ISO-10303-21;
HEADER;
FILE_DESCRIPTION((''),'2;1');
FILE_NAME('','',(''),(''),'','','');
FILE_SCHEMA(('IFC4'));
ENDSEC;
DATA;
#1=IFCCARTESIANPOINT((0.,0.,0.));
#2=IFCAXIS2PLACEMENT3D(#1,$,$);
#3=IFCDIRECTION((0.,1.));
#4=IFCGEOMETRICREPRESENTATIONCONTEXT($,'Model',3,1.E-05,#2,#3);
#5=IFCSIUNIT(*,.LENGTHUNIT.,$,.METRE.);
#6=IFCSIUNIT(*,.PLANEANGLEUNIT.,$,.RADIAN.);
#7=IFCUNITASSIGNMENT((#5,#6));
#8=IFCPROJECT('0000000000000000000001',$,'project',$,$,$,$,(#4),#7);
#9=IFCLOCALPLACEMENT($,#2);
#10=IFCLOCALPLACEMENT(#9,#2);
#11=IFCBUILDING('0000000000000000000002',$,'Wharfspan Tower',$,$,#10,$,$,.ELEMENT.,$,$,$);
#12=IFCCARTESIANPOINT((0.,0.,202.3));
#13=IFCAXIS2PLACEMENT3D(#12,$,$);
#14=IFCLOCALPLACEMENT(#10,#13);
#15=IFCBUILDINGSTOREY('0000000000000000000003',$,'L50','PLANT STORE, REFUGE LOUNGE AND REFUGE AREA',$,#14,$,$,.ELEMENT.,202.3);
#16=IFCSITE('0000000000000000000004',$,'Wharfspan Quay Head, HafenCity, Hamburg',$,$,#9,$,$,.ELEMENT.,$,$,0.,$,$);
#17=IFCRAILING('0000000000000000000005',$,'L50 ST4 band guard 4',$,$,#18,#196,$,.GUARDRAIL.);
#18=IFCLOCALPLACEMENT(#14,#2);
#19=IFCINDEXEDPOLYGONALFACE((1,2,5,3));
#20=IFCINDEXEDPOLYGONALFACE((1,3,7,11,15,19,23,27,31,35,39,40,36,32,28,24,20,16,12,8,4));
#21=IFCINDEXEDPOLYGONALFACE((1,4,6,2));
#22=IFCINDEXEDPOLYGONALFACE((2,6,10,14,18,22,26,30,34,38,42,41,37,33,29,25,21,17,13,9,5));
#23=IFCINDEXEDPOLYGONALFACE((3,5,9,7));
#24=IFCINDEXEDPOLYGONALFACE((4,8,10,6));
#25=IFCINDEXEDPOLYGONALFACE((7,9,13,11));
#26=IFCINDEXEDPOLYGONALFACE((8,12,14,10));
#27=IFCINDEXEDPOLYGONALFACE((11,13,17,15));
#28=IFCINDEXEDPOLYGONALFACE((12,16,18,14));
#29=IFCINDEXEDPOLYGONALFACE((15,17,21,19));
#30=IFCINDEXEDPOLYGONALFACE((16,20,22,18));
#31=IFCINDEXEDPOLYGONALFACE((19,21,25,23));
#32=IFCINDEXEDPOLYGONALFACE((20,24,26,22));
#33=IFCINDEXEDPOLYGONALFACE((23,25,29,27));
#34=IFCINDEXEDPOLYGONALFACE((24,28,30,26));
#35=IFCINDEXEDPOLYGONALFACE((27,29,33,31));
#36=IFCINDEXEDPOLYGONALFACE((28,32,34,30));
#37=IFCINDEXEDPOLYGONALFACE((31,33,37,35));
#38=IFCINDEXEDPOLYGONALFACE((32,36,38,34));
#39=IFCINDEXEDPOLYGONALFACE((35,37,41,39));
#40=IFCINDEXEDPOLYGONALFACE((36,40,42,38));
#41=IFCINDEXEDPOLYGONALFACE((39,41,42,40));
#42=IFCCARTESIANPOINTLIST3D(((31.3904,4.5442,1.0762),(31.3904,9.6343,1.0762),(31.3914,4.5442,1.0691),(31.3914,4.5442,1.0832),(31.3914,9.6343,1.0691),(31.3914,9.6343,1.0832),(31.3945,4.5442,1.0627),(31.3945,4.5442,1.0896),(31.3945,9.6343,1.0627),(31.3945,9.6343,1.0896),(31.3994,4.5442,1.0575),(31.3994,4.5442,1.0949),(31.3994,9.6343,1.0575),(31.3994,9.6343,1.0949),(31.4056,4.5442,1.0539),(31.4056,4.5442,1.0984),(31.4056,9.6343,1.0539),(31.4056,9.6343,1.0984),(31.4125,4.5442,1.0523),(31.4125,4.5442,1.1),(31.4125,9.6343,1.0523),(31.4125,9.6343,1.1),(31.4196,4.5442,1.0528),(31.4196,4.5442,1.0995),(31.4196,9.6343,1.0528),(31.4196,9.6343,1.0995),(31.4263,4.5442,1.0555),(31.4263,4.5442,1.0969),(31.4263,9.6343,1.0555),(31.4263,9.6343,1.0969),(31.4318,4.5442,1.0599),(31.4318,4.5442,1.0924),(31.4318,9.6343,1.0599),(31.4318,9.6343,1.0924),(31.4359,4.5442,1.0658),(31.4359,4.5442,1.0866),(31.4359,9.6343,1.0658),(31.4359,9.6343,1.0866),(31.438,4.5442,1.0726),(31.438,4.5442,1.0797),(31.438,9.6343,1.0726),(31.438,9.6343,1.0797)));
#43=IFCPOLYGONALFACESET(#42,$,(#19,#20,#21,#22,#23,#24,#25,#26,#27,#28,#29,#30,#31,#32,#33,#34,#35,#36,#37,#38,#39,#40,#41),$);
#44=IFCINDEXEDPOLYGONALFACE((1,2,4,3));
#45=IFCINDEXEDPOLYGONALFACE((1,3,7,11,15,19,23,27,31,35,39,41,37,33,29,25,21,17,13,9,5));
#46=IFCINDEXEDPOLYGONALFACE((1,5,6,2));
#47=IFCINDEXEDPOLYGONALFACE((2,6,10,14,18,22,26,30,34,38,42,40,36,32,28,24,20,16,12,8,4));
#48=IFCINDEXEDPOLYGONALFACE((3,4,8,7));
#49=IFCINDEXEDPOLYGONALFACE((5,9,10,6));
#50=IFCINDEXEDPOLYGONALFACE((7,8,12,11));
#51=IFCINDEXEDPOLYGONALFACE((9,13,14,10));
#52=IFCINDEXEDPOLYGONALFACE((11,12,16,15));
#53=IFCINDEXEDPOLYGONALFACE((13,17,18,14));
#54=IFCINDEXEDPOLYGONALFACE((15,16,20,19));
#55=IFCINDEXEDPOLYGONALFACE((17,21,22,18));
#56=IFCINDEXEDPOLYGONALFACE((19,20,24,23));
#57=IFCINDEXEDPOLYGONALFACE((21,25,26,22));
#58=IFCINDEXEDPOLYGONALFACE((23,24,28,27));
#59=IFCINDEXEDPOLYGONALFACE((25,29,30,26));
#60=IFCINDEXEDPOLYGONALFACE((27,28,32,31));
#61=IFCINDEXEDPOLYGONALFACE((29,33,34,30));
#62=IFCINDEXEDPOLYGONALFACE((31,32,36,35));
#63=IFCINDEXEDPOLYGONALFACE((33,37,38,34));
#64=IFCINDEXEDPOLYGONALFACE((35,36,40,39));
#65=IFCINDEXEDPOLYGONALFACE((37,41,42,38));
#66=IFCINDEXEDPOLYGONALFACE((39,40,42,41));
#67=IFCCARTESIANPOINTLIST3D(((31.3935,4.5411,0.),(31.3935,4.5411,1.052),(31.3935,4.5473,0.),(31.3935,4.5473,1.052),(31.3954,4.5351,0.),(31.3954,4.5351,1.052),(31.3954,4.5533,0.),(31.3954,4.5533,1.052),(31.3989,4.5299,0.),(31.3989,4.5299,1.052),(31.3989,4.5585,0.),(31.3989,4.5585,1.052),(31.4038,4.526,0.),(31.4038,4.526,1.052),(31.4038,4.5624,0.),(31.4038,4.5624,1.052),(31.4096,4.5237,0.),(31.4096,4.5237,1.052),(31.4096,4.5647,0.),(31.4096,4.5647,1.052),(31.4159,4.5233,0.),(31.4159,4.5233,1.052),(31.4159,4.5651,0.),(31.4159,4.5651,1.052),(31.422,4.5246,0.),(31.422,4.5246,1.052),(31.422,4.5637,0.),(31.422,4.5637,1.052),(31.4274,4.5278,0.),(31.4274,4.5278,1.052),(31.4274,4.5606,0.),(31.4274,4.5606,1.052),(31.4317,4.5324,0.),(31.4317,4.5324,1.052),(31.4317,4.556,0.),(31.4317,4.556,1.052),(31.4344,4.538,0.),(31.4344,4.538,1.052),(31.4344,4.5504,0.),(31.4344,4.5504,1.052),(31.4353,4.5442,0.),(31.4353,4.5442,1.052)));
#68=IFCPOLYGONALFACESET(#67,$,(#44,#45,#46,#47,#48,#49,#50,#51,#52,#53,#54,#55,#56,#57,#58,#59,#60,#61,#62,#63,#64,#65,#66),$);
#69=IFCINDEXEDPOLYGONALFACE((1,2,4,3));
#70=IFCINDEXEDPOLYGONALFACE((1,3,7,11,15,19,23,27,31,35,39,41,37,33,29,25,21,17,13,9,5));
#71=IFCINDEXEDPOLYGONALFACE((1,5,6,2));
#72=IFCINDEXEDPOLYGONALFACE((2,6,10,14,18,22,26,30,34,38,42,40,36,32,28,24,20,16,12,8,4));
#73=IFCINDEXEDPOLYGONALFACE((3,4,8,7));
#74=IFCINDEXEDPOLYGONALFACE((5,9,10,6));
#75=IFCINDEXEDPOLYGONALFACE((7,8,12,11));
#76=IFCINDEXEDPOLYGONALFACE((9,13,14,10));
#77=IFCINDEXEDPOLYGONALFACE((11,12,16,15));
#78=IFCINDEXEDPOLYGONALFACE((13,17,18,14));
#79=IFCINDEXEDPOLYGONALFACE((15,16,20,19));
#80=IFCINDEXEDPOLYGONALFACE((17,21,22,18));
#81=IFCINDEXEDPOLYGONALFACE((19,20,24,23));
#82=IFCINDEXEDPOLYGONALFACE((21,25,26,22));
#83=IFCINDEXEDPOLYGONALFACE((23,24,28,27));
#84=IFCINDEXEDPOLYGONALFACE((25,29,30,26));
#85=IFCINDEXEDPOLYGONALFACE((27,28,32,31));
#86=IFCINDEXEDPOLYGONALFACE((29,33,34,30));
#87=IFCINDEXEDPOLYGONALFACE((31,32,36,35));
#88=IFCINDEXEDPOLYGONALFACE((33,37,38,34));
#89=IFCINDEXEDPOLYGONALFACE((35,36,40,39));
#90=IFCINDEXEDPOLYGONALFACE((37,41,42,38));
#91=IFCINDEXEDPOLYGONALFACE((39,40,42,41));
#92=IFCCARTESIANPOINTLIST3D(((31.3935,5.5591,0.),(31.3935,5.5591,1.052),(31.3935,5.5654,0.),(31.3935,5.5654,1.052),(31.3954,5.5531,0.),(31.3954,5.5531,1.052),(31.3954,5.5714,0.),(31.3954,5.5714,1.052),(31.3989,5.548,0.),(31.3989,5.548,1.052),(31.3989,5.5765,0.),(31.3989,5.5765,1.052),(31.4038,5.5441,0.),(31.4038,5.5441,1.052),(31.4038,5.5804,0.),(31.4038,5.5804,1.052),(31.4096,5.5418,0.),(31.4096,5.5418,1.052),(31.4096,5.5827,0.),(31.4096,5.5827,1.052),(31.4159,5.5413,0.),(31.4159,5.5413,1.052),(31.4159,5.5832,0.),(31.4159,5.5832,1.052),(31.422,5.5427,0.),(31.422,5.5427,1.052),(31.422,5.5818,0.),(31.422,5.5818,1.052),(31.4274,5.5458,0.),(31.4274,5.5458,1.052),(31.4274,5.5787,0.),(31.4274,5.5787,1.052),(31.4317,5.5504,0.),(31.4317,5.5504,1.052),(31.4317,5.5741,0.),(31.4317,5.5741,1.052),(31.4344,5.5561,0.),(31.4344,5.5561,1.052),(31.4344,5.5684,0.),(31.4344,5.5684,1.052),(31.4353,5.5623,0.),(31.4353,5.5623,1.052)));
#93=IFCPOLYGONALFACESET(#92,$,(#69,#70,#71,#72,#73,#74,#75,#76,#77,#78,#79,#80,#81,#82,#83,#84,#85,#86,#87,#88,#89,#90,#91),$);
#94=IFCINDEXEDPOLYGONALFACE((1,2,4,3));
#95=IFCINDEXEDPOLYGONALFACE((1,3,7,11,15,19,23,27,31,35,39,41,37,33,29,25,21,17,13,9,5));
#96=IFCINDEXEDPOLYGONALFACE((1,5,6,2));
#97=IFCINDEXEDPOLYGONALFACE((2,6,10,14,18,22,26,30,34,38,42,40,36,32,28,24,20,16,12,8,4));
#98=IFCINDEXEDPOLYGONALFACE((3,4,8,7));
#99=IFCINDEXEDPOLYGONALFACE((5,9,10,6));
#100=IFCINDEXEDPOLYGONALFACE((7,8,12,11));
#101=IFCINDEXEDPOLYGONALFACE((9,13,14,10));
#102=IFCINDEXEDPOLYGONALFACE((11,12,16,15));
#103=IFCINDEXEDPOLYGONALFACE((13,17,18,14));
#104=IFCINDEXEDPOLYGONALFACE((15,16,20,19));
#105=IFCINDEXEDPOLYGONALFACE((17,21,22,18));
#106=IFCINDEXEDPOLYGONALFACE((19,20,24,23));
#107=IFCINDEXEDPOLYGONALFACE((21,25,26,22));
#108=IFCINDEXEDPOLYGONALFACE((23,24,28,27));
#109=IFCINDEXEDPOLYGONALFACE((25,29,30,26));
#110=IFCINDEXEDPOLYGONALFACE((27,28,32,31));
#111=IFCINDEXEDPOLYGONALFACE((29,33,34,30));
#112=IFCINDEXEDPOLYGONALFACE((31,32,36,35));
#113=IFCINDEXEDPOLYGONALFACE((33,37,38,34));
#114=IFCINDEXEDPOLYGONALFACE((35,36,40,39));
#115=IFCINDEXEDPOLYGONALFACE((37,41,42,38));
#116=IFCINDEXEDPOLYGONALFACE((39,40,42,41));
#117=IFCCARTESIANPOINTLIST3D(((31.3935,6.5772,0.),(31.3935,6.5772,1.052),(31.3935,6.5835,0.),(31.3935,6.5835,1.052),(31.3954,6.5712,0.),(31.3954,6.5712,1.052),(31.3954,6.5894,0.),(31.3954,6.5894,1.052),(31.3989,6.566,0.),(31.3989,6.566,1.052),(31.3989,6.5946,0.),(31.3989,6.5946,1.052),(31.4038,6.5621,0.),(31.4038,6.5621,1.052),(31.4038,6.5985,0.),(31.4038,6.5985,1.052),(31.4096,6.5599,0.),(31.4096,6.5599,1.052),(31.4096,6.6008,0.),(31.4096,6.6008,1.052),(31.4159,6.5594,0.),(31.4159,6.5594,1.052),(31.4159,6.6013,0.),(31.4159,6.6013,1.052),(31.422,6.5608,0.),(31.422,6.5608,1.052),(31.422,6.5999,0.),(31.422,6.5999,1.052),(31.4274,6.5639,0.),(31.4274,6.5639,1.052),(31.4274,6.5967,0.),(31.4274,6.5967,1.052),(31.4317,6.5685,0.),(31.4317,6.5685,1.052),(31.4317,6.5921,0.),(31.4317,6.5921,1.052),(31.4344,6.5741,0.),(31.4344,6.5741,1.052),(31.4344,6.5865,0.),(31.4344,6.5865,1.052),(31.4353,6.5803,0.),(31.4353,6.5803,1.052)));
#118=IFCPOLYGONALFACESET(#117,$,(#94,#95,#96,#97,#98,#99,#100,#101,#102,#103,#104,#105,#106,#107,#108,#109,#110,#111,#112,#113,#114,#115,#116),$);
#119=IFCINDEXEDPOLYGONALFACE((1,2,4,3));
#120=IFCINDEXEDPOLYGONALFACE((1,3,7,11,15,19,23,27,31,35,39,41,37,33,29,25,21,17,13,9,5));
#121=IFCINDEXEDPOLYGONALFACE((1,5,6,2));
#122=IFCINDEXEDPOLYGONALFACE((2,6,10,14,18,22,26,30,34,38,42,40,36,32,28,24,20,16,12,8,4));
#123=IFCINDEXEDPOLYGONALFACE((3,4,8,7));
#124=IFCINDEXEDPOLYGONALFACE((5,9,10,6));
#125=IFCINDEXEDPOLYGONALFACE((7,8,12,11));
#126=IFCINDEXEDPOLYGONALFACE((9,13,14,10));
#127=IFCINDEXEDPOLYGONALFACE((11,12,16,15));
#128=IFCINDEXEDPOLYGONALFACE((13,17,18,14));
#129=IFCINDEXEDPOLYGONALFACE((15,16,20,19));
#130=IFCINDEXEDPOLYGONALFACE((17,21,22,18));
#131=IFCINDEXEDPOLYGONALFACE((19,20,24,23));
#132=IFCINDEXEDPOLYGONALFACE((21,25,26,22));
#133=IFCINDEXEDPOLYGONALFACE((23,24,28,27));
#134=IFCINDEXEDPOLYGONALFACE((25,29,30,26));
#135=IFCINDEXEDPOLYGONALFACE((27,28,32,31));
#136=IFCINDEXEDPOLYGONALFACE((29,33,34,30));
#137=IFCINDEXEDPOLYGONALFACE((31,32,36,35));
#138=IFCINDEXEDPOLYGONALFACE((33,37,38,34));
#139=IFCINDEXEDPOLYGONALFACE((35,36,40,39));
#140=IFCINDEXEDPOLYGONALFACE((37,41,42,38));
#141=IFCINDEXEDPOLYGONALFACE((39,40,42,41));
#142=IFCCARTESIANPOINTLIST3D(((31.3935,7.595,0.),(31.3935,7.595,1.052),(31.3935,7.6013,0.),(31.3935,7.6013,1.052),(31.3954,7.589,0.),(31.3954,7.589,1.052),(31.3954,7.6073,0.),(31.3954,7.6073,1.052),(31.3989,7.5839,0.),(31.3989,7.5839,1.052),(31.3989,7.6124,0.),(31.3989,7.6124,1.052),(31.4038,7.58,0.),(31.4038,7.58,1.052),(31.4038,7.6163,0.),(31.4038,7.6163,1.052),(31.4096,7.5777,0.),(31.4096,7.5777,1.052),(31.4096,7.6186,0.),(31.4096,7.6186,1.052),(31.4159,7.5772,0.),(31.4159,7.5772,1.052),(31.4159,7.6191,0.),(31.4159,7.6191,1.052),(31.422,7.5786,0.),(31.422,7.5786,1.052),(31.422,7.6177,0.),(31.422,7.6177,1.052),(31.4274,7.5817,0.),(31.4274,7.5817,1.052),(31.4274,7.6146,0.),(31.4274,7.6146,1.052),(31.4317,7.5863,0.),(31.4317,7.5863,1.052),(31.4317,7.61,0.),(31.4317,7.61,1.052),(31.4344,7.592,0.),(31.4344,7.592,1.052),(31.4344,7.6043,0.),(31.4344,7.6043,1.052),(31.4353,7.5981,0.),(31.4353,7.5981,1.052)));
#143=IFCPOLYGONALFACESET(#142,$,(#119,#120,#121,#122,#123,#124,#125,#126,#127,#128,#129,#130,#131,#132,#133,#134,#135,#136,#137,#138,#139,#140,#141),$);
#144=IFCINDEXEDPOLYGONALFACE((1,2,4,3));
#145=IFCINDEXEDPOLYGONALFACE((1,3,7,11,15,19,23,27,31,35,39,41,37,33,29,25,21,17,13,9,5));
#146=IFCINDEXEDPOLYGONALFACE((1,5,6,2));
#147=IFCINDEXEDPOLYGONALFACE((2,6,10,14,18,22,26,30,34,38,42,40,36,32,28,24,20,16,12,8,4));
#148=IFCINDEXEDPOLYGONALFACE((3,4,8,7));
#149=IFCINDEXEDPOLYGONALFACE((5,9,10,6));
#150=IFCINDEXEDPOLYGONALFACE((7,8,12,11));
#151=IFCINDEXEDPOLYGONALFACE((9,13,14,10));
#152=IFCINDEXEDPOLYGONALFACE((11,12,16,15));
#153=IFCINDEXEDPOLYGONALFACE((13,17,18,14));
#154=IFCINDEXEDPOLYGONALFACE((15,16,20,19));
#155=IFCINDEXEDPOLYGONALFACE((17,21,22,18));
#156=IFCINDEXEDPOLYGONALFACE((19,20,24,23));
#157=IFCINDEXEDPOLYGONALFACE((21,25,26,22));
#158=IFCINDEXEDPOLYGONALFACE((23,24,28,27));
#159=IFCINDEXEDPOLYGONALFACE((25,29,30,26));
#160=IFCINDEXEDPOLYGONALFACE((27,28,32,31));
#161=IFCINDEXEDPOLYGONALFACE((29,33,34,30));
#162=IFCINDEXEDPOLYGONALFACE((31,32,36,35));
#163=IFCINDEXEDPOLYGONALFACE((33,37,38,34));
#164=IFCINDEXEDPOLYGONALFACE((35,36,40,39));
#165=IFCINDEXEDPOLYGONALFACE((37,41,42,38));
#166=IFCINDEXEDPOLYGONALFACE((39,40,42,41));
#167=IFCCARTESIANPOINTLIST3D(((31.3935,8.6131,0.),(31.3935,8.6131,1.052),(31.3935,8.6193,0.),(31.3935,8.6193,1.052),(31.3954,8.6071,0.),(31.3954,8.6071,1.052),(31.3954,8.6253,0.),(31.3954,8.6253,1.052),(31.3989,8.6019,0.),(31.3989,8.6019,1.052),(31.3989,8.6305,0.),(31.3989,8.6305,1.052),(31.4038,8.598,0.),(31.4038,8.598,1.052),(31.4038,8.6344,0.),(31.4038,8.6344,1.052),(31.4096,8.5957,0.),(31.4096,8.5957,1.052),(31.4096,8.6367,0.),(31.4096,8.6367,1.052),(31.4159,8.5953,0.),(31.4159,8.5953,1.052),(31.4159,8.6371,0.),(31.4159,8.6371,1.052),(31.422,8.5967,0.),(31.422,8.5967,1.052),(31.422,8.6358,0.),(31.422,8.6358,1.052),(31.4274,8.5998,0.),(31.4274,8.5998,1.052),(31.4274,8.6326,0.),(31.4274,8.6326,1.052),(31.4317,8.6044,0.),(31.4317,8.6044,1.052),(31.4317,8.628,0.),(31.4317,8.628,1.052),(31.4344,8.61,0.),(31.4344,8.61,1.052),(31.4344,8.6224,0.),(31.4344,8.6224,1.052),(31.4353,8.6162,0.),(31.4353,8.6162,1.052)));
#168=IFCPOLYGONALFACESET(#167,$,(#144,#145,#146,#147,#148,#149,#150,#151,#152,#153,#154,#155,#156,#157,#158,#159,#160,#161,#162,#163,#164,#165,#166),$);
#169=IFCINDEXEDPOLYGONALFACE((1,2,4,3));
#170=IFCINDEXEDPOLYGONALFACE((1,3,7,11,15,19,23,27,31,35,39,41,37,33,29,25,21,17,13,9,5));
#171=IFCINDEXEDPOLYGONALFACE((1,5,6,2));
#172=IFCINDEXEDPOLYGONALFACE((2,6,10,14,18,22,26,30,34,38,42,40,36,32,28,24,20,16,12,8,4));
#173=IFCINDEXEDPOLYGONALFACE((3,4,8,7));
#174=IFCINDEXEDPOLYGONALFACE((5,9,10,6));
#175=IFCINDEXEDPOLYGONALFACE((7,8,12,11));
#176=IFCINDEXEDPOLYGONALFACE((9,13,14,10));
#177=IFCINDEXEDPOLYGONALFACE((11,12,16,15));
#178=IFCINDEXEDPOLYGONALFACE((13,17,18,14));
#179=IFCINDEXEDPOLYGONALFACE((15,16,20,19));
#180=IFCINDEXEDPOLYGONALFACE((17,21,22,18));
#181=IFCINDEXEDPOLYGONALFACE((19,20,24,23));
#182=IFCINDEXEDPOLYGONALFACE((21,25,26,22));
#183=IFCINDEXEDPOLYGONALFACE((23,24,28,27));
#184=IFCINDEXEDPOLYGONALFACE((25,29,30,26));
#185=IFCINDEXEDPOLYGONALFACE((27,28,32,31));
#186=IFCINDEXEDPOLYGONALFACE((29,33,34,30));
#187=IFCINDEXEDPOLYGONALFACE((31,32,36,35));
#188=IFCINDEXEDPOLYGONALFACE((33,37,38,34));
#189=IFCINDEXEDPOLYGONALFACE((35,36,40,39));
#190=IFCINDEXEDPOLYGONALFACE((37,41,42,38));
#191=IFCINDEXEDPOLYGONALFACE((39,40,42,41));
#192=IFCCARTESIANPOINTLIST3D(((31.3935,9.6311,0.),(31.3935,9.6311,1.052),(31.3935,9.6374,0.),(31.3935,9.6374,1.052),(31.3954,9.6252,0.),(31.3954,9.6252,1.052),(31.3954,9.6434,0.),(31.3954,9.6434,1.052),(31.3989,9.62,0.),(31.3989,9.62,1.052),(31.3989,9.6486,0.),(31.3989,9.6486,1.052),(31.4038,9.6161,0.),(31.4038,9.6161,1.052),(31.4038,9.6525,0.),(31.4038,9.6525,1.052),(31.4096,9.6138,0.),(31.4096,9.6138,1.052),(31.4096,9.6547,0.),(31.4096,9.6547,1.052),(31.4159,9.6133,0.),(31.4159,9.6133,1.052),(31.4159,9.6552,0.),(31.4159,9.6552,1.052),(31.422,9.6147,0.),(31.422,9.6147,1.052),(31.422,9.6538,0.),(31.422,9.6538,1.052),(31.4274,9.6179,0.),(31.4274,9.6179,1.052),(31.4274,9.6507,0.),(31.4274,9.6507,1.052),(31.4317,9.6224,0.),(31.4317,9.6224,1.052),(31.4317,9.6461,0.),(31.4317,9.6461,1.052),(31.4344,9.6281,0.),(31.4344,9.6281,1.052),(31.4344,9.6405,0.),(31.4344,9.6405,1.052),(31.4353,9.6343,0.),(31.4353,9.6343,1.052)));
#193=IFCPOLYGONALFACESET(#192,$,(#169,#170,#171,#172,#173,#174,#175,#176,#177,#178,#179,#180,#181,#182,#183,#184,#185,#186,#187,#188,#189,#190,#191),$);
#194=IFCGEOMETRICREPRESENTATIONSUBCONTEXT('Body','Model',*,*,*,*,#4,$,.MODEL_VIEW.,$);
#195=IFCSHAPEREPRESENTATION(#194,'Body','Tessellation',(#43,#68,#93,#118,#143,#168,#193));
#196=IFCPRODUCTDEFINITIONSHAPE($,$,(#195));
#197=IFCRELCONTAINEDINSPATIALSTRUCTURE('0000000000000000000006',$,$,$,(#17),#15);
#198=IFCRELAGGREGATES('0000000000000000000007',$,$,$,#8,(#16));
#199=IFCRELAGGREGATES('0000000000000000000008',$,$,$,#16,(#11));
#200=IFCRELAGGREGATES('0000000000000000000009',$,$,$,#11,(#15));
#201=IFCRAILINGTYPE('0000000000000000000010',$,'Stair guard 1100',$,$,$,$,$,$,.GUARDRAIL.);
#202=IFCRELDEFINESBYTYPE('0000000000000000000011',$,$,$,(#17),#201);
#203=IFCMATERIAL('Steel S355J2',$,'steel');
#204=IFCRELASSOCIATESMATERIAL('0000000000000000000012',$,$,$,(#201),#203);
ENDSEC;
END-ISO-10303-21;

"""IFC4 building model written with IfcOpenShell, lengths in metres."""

from ifc_helpers import new_model, si_unit, direction, frame, origin, origin_2d, place, context, subcontext, project, spatial, circle, extrude, material, type_object, element, save


model = new_model("IFC4")

# Units and contexts
model_context = context("Model", 3, precision=1e-05, world=origin(), true_north=direction((0.0, 1.0)))
body_context = subcontext(model_context, "Body", "Model", "MODEL_VIEW")
ifc_project = project(units=[si_unit("LENGTHUNIT", "METRE"), si_unit("PLANEANGLEUNIT", "RADIAN")], contexts=[model_context])

# Site, building, storey
site_placement = place(None, origin())
site = spatial("IfcSite", under=ifc_project, at=site_placement, Name="Wharfspan Quay Head, HafenCity, Hamburg", CompositionType="ELEMENT", RefElevation=0.0)
building_placement = place(site_placement, origin())
building = spatial("IfcBuilding", under=site, at=building_placement, Name="Wharfspan Tower", CompositionType="ELEMENT")
storey_placement = place(building_placement, frame((0.0, 0.0, 202.3)))
storey = spatial("IfcBuildingStorey", under=building, at=storey_placement, Name="L50", Description="PLANT STORE, REFUGE LOUNGE AND REFUGE AREA", CompositionType="ELEMENT", Elevation=202.3)

# Railing
ifc_material_1 = material(Name="Steel S355J2", Category="steel")
railing_type = type_object("IfcRailingType", Name="Stair guard 1100", PredefinedType="GUARDRAIL", material=ifc_material_1)
railing_placement = place(storey_placement, frame((31.4143, 4.5442, 0.0)))
element("IfcRailing", 1, at=railing_placement, inside=storey, type_object=railing_type, Name="L50 ST4 band guard 4", PredefinedType="GUARDRAIL", context=body_context, shape_type="SweptSolid", body=[
    extrude(circle(Radius=0.0239, at=origin_2d()), frame((0.0, 0.0, 1.0762), z_axis=(0.0, 1.0, 0.0), x_axis=(-1.0, 0.0, 0.0)), (0.0, 0.0, 1.0), 5.0901),
    extrude(circle(Radius=0.021, at=origin_2d()), origin(), (0.0, 0.0, 1.0), 1.052),
    extrude(circle(Radius=0.021, at=origin_2d()), frame((0.0, 1.0181, 0.0)), (0.0, 0.0, 1.0), 1.052),
    extrude(circle(Radius=0.021, at=origin_2d()), frame((0.0, 2.0361, 0.0)), (0.0, 0.0, 1.0), 1.052),
    extrude(circle(Radius=0.021, at=origin_2d()), frame((0.0, 3.054, 0.0)), (0.0, 0.0, 1.0), 1.052),
    extrude(circle(Radius=0.021, at=origin_2d()), frame((0.0, 4.072, 0.0)), (0.0, 0.0, 1.0), 1.052),
    extrude(circle(Radius=0.021, at=origin_2d()), frame((0.0, 5.0901, 0.0)), (0.0, 0.0, 1.0), 1.052),
])

save(model, "model.ifc")
